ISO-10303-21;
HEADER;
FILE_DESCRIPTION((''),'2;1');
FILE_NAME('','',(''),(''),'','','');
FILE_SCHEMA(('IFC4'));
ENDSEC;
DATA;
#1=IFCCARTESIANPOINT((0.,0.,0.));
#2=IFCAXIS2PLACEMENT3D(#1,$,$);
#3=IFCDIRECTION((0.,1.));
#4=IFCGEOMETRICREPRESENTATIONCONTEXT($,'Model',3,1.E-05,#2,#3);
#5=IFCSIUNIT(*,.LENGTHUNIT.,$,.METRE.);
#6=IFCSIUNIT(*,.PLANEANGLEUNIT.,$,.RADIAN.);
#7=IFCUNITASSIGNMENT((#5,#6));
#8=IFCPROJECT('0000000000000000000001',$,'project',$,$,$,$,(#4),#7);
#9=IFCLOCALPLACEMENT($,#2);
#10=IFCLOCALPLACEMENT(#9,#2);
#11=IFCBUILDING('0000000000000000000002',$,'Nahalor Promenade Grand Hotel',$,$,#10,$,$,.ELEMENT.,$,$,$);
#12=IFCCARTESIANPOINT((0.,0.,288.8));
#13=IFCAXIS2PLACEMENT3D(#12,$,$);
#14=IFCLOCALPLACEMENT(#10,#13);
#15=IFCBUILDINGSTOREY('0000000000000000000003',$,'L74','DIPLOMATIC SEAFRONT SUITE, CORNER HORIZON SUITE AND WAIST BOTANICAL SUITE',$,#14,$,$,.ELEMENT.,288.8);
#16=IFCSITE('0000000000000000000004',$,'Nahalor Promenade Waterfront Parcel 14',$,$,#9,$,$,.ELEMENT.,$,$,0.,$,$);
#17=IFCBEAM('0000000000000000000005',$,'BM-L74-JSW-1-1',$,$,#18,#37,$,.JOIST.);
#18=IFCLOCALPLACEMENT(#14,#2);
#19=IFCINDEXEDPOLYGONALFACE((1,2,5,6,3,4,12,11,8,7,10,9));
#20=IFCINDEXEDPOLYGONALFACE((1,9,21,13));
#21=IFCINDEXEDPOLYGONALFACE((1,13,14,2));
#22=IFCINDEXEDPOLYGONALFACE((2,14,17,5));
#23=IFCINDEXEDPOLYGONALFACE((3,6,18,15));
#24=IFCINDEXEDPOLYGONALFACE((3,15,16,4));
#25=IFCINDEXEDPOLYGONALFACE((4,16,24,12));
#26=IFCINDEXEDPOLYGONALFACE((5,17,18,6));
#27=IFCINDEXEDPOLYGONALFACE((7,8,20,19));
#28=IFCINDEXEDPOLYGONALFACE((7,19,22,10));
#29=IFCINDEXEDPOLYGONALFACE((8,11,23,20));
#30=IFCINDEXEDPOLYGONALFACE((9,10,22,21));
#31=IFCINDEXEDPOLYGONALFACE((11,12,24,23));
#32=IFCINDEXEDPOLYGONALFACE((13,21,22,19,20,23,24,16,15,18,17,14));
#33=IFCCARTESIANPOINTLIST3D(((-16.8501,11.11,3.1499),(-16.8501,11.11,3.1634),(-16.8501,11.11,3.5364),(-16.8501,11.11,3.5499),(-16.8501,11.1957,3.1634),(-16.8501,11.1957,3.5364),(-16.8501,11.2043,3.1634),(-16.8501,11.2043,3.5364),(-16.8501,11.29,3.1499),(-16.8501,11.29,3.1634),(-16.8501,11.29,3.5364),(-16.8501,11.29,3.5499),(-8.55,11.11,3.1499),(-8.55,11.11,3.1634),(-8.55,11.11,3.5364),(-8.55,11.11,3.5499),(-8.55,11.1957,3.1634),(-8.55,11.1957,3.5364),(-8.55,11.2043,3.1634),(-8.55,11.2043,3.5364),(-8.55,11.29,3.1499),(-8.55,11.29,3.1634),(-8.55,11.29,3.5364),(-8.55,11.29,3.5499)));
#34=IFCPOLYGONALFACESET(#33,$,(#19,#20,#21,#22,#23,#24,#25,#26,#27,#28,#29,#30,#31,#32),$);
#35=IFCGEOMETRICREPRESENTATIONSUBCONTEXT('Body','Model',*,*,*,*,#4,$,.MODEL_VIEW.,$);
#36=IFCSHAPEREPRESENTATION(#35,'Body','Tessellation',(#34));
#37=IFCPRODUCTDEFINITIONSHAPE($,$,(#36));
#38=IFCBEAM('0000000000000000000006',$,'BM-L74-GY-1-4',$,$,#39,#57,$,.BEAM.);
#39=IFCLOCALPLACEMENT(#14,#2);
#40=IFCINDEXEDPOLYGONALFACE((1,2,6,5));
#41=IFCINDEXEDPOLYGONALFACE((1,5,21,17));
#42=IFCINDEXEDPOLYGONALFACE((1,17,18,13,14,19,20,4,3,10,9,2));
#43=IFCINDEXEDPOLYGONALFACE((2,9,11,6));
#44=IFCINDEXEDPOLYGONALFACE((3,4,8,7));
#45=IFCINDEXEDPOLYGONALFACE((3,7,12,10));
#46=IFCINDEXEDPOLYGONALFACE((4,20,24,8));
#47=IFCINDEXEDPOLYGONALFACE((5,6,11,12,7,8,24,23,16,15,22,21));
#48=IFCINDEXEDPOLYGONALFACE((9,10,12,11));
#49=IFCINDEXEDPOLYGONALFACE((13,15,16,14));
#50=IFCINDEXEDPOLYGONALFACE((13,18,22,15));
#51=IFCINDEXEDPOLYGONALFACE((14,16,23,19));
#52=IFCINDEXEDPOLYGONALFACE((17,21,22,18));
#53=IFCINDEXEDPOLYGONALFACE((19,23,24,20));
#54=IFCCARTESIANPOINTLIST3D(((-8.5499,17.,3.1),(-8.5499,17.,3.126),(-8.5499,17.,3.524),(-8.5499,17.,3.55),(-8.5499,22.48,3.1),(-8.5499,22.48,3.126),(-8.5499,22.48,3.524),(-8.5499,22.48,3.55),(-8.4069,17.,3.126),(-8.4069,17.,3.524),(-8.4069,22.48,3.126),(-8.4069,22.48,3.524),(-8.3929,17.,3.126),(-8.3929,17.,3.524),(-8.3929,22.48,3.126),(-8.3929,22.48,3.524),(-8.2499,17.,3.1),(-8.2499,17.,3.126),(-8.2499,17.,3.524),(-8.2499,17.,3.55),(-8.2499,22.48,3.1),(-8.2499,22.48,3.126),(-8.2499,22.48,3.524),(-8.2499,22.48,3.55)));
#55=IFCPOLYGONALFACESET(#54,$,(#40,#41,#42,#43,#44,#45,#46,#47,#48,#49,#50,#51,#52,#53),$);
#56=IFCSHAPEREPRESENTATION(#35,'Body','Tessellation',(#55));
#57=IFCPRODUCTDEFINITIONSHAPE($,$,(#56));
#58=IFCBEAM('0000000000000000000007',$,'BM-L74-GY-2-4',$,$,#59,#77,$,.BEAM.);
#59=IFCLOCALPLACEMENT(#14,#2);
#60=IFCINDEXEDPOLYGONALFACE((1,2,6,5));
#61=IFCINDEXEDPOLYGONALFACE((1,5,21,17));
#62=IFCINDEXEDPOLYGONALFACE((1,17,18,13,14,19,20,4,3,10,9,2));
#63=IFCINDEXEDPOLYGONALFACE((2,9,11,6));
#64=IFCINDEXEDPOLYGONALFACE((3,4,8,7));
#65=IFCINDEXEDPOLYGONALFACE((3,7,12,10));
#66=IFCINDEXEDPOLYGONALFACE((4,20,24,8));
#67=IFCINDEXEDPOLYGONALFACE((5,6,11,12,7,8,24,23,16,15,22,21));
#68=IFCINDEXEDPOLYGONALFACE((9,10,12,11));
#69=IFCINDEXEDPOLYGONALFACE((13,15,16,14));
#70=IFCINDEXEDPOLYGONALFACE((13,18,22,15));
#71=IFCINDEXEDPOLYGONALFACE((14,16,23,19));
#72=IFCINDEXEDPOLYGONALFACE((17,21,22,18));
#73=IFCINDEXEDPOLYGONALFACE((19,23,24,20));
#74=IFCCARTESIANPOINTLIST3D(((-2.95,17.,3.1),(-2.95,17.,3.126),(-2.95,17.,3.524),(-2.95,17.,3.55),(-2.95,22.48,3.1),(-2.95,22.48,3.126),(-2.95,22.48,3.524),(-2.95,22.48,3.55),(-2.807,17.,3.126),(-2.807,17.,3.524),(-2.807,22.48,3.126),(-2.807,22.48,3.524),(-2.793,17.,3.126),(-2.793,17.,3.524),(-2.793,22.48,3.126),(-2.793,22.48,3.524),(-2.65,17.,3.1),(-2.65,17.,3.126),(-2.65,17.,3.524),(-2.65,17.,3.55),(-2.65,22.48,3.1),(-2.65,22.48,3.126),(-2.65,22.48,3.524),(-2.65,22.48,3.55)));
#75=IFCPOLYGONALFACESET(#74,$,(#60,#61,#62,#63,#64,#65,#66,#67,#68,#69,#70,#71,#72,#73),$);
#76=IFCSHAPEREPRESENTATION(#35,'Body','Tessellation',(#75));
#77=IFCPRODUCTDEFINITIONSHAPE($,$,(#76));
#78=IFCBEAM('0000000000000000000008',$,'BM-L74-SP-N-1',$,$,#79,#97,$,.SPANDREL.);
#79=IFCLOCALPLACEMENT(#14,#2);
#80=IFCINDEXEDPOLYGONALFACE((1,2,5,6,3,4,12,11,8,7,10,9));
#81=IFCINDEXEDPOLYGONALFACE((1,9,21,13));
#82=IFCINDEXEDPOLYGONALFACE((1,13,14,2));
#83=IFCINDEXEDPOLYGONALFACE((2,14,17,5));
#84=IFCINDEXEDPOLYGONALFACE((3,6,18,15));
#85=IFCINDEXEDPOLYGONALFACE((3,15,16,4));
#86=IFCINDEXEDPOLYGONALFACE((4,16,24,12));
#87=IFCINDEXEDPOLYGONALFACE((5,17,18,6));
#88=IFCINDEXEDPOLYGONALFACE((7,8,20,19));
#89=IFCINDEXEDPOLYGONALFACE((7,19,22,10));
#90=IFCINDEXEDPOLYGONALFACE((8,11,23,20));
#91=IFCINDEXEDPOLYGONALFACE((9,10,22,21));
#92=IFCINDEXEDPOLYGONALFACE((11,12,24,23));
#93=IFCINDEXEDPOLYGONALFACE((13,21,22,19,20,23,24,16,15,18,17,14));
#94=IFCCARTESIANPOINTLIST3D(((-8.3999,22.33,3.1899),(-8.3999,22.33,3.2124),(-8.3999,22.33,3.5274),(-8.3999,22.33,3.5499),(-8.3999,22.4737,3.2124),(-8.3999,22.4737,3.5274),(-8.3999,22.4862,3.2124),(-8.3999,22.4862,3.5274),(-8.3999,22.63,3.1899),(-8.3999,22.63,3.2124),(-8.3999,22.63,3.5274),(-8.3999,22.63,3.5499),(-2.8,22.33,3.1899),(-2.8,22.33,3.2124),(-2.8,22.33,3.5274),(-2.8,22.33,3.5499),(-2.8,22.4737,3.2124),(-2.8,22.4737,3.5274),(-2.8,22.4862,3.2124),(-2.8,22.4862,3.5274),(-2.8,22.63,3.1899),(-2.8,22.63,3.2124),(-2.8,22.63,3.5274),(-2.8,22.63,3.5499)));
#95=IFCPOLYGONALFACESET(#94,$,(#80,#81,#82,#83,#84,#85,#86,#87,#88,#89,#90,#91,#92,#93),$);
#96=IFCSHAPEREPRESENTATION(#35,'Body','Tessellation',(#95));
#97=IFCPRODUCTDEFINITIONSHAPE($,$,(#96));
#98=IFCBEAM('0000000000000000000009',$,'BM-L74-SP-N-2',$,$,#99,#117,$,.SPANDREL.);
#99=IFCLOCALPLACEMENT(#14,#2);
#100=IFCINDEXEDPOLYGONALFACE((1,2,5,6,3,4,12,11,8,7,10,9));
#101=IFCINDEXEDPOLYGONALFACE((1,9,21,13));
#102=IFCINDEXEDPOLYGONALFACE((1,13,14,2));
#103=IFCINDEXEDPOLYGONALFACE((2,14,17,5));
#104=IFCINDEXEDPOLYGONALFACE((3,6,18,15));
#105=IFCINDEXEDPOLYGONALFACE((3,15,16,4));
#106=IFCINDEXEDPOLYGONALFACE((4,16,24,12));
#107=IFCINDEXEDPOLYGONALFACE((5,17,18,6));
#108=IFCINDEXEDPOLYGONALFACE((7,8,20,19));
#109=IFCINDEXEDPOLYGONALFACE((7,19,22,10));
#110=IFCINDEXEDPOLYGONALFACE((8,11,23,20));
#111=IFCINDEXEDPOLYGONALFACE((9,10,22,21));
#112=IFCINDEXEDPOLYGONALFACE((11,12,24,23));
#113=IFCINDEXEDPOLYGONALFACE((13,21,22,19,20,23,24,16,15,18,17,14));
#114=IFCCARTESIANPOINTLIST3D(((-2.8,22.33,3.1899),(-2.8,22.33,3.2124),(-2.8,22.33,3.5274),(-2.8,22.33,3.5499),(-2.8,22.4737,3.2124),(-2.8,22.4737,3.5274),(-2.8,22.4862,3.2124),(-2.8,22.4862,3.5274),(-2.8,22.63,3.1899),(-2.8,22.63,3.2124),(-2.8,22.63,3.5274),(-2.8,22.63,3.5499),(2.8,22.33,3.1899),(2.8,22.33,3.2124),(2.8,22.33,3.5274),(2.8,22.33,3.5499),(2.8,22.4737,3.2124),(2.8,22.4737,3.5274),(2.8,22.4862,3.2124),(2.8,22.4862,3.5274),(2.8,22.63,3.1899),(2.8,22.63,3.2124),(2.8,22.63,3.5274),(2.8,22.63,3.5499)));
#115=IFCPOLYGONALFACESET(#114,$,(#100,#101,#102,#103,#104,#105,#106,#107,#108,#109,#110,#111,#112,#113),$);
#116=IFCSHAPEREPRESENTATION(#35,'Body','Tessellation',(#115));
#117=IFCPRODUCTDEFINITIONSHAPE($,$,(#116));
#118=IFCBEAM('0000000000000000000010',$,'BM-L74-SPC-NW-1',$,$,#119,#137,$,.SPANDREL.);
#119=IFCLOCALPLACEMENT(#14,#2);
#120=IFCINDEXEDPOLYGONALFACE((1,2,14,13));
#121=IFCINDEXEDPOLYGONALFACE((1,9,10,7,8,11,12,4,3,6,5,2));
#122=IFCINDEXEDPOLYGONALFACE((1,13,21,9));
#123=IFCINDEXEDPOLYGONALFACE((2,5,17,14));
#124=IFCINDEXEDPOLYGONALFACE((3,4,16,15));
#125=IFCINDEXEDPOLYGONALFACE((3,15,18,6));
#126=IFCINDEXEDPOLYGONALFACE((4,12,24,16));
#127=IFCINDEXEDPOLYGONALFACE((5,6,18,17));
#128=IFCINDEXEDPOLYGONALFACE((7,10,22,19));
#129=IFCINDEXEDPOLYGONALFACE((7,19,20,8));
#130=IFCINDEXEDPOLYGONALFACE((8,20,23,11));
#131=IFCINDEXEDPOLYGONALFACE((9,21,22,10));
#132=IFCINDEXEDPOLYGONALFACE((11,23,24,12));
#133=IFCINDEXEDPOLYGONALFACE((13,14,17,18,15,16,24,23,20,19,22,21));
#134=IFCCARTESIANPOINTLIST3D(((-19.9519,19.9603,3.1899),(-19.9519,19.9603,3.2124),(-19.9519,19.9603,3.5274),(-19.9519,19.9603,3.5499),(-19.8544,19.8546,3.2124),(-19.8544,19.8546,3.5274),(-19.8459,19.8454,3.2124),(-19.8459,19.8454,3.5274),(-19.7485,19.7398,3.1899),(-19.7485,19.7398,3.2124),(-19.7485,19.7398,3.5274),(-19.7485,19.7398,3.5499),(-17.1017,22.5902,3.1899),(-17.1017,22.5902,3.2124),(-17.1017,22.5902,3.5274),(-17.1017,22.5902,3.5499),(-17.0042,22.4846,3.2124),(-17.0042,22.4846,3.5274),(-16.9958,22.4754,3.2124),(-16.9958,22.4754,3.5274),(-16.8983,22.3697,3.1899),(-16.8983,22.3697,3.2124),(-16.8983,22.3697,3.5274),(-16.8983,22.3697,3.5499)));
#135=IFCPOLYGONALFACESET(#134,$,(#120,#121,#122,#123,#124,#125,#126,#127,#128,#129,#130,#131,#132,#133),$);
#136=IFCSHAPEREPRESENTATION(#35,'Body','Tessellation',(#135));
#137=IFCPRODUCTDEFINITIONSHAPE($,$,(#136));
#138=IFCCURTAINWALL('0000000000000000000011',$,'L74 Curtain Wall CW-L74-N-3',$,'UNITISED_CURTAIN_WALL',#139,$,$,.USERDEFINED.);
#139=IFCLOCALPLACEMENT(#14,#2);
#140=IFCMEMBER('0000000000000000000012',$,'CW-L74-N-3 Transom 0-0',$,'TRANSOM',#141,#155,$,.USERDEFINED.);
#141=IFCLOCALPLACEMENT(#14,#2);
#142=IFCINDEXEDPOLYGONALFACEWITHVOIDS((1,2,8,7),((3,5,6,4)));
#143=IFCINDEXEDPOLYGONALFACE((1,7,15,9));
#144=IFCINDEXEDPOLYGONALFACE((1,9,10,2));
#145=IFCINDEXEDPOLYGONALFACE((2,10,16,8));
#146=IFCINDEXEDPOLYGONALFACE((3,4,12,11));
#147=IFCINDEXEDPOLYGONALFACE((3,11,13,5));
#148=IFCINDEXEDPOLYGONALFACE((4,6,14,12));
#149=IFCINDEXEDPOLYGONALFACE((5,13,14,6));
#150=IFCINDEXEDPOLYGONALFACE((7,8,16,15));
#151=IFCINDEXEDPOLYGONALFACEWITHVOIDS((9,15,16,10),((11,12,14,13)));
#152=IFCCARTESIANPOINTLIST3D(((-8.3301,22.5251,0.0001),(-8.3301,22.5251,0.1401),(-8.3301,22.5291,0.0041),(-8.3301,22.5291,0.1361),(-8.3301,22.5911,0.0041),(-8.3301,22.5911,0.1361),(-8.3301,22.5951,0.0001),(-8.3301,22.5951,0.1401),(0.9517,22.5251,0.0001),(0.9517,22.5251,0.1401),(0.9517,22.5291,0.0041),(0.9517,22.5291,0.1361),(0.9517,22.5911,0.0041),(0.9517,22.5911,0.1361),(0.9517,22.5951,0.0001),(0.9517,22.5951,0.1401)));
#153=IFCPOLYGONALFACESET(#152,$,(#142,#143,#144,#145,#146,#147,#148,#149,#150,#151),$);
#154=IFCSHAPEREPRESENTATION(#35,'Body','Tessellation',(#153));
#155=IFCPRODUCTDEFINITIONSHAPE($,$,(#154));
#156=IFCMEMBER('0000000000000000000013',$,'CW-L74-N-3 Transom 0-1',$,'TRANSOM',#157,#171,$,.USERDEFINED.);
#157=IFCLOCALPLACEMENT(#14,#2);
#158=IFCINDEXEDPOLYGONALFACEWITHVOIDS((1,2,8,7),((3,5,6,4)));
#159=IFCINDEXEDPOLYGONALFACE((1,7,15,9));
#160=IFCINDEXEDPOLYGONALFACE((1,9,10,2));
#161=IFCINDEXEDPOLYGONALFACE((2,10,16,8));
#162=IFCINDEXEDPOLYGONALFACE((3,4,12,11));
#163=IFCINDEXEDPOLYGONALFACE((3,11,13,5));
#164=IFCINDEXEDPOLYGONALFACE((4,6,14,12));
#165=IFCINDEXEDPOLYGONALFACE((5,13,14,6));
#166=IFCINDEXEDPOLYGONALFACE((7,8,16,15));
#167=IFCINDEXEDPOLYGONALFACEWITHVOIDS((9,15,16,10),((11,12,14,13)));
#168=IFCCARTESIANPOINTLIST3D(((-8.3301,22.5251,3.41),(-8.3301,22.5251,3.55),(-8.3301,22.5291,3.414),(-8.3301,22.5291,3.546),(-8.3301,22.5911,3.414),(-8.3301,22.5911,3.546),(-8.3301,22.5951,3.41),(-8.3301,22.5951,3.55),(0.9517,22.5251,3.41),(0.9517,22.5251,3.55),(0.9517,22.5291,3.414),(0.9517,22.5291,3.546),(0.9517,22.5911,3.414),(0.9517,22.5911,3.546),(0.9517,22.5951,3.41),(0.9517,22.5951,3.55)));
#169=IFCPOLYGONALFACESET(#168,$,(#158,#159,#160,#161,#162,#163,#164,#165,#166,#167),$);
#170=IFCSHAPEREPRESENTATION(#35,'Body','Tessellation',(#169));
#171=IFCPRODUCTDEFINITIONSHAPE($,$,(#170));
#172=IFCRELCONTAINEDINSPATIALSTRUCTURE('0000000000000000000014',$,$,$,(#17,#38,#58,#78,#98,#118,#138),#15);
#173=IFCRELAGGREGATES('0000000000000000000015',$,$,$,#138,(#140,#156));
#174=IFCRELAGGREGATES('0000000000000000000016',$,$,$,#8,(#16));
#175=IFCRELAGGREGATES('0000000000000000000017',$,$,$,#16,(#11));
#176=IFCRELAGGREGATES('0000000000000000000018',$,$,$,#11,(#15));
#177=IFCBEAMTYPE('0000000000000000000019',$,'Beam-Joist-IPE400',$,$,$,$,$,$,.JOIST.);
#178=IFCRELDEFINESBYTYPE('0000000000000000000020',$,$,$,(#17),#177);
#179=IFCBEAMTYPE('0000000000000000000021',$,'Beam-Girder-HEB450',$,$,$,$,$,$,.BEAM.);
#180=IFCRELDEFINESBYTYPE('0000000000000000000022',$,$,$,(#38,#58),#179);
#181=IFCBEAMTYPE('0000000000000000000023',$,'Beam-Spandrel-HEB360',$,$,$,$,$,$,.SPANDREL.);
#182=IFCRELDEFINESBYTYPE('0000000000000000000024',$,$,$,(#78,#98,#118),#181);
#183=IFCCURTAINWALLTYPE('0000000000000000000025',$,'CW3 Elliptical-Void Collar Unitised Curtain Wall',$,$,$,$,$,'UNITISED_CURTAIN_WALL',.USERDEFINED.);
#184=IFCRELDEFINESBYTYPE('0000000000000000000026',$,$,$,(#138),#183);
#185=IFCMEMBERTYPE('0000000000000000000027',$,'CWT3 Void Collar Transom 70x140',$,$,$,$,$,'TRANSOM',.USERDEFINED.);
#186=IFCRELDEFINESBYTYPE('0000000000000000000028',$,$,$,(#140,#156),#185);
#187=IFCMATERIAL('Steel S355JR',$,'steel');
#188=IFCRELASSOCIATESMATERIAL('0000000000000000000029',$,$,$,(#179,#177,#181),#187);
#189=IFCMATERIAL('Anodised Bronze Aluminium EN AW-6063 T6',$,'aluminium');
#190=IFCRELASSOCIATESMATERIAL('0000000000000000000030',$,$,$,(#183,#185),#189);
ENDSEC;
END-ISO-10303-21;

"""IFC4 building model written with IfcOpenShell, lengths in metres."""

from ifc_helpers import new_model, si_unit, direction, frame, origin, origin_2d, place, context, subcontext, project, spatial, hollow_rectangle, i_section, extrude, source, transform, mapped, material, material_profile, profile_set, type_object, element, aggregate, save


model = new_model("IFC4")

# Units and contexts
model_context = context("Model", 3, precision=1e-05, world=origin(), true_north=direction((0.0, 1.0)))
body_context = subcontext(model_context, "Body", "Model", "MODEL_VIEW")
ifc_project = project(units=[si_unit("LENGTHUNIT", "METRE"), si_unit("PLANEANGLEUNIT", "RADIAN")], contexts=[model_context])

# Site, building, storey
site_placement = place(None, origin())
site = spatial("IfcSite", under=ifc_project, at=site_placement, Name="Nahalor Promenade Waterfront Parcel 14", CompositionType="ELEMENT", RefElevation=0.0)
building_placement = place(site_placement, origin())
building = spatial("IfcBuilding", under=site, at=building_placement, Name="Nahalor Promenade Grand Hotel", CompositionType="ELEMENT")
storey_placement = place(building_placement, frame((0.0, 0.0, 288.8)))
storey = spatial("IfcBuildingStorey", under=building, at=storey_placement, Name="L74", Description="DIPLOMATIC SEAFRONT SUITE, CORNER HORIZON SUITE AND WAIST BOTANICAL SUITE", CompositionType="ELEMENT", Elevation=288.8)

# Shared definitions
ifc_material_1 = material(Name="Steel S355JR", Category="steel")

# Beams
ifc_material_profile_1 = material_profile(ifc_material_1, i_section(OverallWidth=0.3, OverallDepth=0.45, WebThickness=0.014, FlangeThickness=0.026, at=origin_2d()), Name="HEB 450")
ifc_profile_set_1 = profile_set([ifc_material_profile_1], Name="Steel S355JR")
beam_type_1 = type_object("IfcBeamType", Name="Beam-Girder-HEB450", PredefinedType="BEAM", material=ifc_profile_set_1)
ifc_material_profile_2 = material_profile(ifc_material_1, i_section(OverallWidth=0.18, OverallDepth=0.4, WebThickness=0.0086, FlangeThickness=0.0135, at=origin_2d()), Name="IPE 400")
ifc_profile_set_2 = profile_set([ifc_material_profile_2], Name="Steel S355JR")
beam_type_2 = type_object("IfcBeamType", Name="Beam-Joist-IPE400", PredefinedType="JOIST", material=ifc_profile_set_2)
shared_shape_1 = source(origin(), body_context, "Body", "SweptSolid", [
    extrude(i_section(OverallWidth=0.18, OverallDepth=0.4, WebThickness=0.0086, FlangeThickness=0.0135, at=origin_2d()), origin(), (0.0, 0.0, 1.0), 8.3),
])
beam_1_placement = place(storey_placement, frame((-16.8501, 11.2, 3.3499), z_axis=(1.0, 0.0, 0.0), x_axis=(0.0, 1.0, 0.0)))
element("IfcBeam", 1, at=beam_1_placement, inside=storey, type_object=beam_type_2, Name="BM-L74-JSW-1-1", PredefinedType="JOIST", context=body_context, shape_type="MappedRepresentation", body=[
    mapped(shared_shape_1, transform((0.0, 0.0, 0.0), scale=1.0)),
])
shared_shape_2 = source(origin(), body_context, "Body", "SweptSolid", [
    extrude(i_section(OverallWidth=0.3, OverallDepth=0.45, WebThickness=0.014, FlangeThickness=0.026, at=origin_2d()), origin(), (0.0, 0.0, 1.0), 5.48),
])
for number, where, z_axis, x_axis, name in (
    (2, (-8.3999, 17.0, 3.325), (0.0, 1.0, 0.0), (-1.0, 0.0, 0.0), "BM-L74-GY-1-4"),
    (3, (-2.8, 17.0, 3.325), (0.0, 1.0, 0.0), (-1.0, 0.0, 0.0), "BM-L74-GY-2-4"),
):
    element("IfcBeam", number, at=place(storey_placement, frame(where, z_axis=z_axis, x_axis=x_axis)), inside=storey, type_object=beam_type_1, Name=name, PredefinedType="BEAM", context=body_context, shape_type="MappedRepresentation", body=[
        mapped(shared_shape_2, transform((0.0, 0.0, 0.0), scale=1.0)),
    ])
ifc_material_profile_3 = material_profile(ifc_material_1, i_section(OverallWidth=0.3, OverallDepth=0.36, WebThickness=0.0125, FlangeThickness=0.0225, at=origin_2d()), Name="HEB 360")
ifc_profile_set_3 = profile_set([ifc_material_profile_3], Name="Steel S355JR")
beam_type_3 = type_object("IfcBeamType", Name="Beam-Spandrel-HEB360", PredefinedType="SPANDREL", material=ifc_profile_set_3)
shared_shape_3 = source(origin(), body_context, "Body", "SweptSolid", [
    extrude(i_section(OverallWidth=0.3, OverallDepth=0.36, WebThickness=0.0125, FlangeThickness=0.0225, at=origin_2d()), origin(), (0.0, 0.0, 1.0), 5.5999),
])
beam_2_placement = place(storey_placement, frame((-8.3999, 22.48, 3.3699), z_axis=(1.0, 0.0, 0.0), x_axis=(0.0, 1.0, 0.0)))
element("IfcBeam", 4, at=beam_2_placement, inside=storey, type_object=beam_type_3, Name="BM-L74-SP-N-1", PredefinedType="SPANDREL", context=body_context, shape_type="MappedRepresentation", body=[
    mapped(shared_shape_3, transform((0.0, 0.0, 0.0), scale=1.0)),
])
shared_shape_4 = source(origin(), body_context, "Body", "SweptSolid", [
    extrude(i_section(OverallWidth=0.3, OverallDepth=0.36, WebThickness=0.0125, FlangeThickness=0.0225, at=origin_2d()), origin(), (0.0, 0.0, 1.0), 5.6001),
])
beam_3_placement = place(storey_placement, frame((-2.8, 22.48, 3.3699), z_axis=(1.0, 0.0, 0.0), x_axis=(0.0, 1.0, 0.0)))
element("IfcBeam", 5, at=beam_3_placement, inside=storey, type_object=beam_type_3, Name="BM-L74-SP-N-2", PredefinedType="SPANDREL", context=body_context, shape_type="MappedRepresentation", body=[
    mapped(shared_shape_4, transform((0.0, 0.0, 0.0), scale=1.0)),
])
shared_shape_5 = source(origin(), body_context, "Body", "SweptSolid", [
    extrude(i_section(OverallWidth=0.3, OverallDepth=0.36, WebThickness=0.0125, FlangeThickness=0.0225, at=origin_2d()), origin(), (0.0, 0.0, 1.0), 3.8782),
])
beam_4_placement = place(storey_placement, frame((-17.0, 22.48, 3.3699), z_axis=(-0.734929, -0.678144, 0.0), x_axis=(0.678144, -0.734929, 0.0)))
element("IfcBeam", 6, at=beam_4_placement, inside=storey, type_object=beam_type_3, Name="BM-L74-SPC-NW-1", PredefinedType="SPANDREL", context=body_context, shape_type="MappedRepresentation", body=[
    mapped(shared_shape_5, transform((0.0, 0.0, 0.0), scale=1.0)),
])

# Curtain wall, members
ifc_material_2 = material(Name="Anodised Bronze Aluminium EN AW-6063 T6", Category="aluminium")
curtain_wall_type = type_object("IfcCurtainWallType", Name="CW3 Elliptical-Void Collar Unitised Curtain Wall", ElementType="UNITISED_CURTAIN_WALL", PredefinedType="USERDEFINED", material=ifc_material_2)
curtain_wall_placement = place(storey_placement, origin())
curtain_wall = element("IfcCurtainWall", 7, at=curtain_wall_placement, inside=storey, type_object=curtain_wall_type, Name="L74 Curtain Wall CW-L74-N-3", ObjectType="UNITISED_CURTAIN_WALL", PredefinedType="USERDEFINED")
ifc_material_profile_4 = material_profile(ifc_material_2, hollow_rectangle(XDim=0.07, YDim=0.14, WallThickness=0.004, at=origin_2d()), Name="CWT 70x140x4")
ifc_profile_set_4 = profile_set([ifc_material_profile_4], Name="Anodised Bronze Aluminium EN AW-6063 T6")
member_type_1 = type_object("IfcMemberType", Name="CWT3 Void Collar Transom 70x140", ElementType="TRANSOM", PredefinedType="USERDEFINED", material=ifc_profile_set_4)
shared_shape_6 = source(origin(), body_context, "Body", "SweptSolid", [
    extrude(hollow_rectangle(XDim=0.07, YDim=0.14, WallThickness=0.004, at=origin_2d()), origin(), (0.0, 0.0, 1.0), 9.2817),
])
member_1_placement = place(storey_placement, frame((-8.3301, 22.5601, 0.0701), z_axis=(1.0, 0.0, 0.0), x_axis=(0.0, 1.0, 0.0)))
member_1 = element("IfcMember", 8, at=member_1_placement, type_object=member_type_1, Name="CW-L74-N-3 Transom 0-0", ObjectType="TRANSOM", PredefinedType="USERDEFINED", context=body_context, shape_type="MappedRepresentation", body=[
    mapped(shared_shape_6, transform((0.0, 0.0, 0.0), scale=1.0)),
])
member_2_placement = place(storey_placement, frame((-8.3301, 22.5601, 3.48), z_axis=(1.0, 0.0, 0.0), x_axis=(0.0, 1.0, 0.0)))
member_2 = element("IfcMember", 9, at=member_2_placement, type_object=member_type_1, Name="CW-L74-N-3 Transom 0-1", ObjectType="TRANSOM", PredefinedType="USERDEFINED", context=body_context, shape_type="MappedRepresentation", body=[
    mapped(shared_shape_6, transform((0.0, 0.0, 0.0), scale=1.0)),
])
aggregate(curtain_wall, [member_1, member_2])

save(model, "model.ifc")
